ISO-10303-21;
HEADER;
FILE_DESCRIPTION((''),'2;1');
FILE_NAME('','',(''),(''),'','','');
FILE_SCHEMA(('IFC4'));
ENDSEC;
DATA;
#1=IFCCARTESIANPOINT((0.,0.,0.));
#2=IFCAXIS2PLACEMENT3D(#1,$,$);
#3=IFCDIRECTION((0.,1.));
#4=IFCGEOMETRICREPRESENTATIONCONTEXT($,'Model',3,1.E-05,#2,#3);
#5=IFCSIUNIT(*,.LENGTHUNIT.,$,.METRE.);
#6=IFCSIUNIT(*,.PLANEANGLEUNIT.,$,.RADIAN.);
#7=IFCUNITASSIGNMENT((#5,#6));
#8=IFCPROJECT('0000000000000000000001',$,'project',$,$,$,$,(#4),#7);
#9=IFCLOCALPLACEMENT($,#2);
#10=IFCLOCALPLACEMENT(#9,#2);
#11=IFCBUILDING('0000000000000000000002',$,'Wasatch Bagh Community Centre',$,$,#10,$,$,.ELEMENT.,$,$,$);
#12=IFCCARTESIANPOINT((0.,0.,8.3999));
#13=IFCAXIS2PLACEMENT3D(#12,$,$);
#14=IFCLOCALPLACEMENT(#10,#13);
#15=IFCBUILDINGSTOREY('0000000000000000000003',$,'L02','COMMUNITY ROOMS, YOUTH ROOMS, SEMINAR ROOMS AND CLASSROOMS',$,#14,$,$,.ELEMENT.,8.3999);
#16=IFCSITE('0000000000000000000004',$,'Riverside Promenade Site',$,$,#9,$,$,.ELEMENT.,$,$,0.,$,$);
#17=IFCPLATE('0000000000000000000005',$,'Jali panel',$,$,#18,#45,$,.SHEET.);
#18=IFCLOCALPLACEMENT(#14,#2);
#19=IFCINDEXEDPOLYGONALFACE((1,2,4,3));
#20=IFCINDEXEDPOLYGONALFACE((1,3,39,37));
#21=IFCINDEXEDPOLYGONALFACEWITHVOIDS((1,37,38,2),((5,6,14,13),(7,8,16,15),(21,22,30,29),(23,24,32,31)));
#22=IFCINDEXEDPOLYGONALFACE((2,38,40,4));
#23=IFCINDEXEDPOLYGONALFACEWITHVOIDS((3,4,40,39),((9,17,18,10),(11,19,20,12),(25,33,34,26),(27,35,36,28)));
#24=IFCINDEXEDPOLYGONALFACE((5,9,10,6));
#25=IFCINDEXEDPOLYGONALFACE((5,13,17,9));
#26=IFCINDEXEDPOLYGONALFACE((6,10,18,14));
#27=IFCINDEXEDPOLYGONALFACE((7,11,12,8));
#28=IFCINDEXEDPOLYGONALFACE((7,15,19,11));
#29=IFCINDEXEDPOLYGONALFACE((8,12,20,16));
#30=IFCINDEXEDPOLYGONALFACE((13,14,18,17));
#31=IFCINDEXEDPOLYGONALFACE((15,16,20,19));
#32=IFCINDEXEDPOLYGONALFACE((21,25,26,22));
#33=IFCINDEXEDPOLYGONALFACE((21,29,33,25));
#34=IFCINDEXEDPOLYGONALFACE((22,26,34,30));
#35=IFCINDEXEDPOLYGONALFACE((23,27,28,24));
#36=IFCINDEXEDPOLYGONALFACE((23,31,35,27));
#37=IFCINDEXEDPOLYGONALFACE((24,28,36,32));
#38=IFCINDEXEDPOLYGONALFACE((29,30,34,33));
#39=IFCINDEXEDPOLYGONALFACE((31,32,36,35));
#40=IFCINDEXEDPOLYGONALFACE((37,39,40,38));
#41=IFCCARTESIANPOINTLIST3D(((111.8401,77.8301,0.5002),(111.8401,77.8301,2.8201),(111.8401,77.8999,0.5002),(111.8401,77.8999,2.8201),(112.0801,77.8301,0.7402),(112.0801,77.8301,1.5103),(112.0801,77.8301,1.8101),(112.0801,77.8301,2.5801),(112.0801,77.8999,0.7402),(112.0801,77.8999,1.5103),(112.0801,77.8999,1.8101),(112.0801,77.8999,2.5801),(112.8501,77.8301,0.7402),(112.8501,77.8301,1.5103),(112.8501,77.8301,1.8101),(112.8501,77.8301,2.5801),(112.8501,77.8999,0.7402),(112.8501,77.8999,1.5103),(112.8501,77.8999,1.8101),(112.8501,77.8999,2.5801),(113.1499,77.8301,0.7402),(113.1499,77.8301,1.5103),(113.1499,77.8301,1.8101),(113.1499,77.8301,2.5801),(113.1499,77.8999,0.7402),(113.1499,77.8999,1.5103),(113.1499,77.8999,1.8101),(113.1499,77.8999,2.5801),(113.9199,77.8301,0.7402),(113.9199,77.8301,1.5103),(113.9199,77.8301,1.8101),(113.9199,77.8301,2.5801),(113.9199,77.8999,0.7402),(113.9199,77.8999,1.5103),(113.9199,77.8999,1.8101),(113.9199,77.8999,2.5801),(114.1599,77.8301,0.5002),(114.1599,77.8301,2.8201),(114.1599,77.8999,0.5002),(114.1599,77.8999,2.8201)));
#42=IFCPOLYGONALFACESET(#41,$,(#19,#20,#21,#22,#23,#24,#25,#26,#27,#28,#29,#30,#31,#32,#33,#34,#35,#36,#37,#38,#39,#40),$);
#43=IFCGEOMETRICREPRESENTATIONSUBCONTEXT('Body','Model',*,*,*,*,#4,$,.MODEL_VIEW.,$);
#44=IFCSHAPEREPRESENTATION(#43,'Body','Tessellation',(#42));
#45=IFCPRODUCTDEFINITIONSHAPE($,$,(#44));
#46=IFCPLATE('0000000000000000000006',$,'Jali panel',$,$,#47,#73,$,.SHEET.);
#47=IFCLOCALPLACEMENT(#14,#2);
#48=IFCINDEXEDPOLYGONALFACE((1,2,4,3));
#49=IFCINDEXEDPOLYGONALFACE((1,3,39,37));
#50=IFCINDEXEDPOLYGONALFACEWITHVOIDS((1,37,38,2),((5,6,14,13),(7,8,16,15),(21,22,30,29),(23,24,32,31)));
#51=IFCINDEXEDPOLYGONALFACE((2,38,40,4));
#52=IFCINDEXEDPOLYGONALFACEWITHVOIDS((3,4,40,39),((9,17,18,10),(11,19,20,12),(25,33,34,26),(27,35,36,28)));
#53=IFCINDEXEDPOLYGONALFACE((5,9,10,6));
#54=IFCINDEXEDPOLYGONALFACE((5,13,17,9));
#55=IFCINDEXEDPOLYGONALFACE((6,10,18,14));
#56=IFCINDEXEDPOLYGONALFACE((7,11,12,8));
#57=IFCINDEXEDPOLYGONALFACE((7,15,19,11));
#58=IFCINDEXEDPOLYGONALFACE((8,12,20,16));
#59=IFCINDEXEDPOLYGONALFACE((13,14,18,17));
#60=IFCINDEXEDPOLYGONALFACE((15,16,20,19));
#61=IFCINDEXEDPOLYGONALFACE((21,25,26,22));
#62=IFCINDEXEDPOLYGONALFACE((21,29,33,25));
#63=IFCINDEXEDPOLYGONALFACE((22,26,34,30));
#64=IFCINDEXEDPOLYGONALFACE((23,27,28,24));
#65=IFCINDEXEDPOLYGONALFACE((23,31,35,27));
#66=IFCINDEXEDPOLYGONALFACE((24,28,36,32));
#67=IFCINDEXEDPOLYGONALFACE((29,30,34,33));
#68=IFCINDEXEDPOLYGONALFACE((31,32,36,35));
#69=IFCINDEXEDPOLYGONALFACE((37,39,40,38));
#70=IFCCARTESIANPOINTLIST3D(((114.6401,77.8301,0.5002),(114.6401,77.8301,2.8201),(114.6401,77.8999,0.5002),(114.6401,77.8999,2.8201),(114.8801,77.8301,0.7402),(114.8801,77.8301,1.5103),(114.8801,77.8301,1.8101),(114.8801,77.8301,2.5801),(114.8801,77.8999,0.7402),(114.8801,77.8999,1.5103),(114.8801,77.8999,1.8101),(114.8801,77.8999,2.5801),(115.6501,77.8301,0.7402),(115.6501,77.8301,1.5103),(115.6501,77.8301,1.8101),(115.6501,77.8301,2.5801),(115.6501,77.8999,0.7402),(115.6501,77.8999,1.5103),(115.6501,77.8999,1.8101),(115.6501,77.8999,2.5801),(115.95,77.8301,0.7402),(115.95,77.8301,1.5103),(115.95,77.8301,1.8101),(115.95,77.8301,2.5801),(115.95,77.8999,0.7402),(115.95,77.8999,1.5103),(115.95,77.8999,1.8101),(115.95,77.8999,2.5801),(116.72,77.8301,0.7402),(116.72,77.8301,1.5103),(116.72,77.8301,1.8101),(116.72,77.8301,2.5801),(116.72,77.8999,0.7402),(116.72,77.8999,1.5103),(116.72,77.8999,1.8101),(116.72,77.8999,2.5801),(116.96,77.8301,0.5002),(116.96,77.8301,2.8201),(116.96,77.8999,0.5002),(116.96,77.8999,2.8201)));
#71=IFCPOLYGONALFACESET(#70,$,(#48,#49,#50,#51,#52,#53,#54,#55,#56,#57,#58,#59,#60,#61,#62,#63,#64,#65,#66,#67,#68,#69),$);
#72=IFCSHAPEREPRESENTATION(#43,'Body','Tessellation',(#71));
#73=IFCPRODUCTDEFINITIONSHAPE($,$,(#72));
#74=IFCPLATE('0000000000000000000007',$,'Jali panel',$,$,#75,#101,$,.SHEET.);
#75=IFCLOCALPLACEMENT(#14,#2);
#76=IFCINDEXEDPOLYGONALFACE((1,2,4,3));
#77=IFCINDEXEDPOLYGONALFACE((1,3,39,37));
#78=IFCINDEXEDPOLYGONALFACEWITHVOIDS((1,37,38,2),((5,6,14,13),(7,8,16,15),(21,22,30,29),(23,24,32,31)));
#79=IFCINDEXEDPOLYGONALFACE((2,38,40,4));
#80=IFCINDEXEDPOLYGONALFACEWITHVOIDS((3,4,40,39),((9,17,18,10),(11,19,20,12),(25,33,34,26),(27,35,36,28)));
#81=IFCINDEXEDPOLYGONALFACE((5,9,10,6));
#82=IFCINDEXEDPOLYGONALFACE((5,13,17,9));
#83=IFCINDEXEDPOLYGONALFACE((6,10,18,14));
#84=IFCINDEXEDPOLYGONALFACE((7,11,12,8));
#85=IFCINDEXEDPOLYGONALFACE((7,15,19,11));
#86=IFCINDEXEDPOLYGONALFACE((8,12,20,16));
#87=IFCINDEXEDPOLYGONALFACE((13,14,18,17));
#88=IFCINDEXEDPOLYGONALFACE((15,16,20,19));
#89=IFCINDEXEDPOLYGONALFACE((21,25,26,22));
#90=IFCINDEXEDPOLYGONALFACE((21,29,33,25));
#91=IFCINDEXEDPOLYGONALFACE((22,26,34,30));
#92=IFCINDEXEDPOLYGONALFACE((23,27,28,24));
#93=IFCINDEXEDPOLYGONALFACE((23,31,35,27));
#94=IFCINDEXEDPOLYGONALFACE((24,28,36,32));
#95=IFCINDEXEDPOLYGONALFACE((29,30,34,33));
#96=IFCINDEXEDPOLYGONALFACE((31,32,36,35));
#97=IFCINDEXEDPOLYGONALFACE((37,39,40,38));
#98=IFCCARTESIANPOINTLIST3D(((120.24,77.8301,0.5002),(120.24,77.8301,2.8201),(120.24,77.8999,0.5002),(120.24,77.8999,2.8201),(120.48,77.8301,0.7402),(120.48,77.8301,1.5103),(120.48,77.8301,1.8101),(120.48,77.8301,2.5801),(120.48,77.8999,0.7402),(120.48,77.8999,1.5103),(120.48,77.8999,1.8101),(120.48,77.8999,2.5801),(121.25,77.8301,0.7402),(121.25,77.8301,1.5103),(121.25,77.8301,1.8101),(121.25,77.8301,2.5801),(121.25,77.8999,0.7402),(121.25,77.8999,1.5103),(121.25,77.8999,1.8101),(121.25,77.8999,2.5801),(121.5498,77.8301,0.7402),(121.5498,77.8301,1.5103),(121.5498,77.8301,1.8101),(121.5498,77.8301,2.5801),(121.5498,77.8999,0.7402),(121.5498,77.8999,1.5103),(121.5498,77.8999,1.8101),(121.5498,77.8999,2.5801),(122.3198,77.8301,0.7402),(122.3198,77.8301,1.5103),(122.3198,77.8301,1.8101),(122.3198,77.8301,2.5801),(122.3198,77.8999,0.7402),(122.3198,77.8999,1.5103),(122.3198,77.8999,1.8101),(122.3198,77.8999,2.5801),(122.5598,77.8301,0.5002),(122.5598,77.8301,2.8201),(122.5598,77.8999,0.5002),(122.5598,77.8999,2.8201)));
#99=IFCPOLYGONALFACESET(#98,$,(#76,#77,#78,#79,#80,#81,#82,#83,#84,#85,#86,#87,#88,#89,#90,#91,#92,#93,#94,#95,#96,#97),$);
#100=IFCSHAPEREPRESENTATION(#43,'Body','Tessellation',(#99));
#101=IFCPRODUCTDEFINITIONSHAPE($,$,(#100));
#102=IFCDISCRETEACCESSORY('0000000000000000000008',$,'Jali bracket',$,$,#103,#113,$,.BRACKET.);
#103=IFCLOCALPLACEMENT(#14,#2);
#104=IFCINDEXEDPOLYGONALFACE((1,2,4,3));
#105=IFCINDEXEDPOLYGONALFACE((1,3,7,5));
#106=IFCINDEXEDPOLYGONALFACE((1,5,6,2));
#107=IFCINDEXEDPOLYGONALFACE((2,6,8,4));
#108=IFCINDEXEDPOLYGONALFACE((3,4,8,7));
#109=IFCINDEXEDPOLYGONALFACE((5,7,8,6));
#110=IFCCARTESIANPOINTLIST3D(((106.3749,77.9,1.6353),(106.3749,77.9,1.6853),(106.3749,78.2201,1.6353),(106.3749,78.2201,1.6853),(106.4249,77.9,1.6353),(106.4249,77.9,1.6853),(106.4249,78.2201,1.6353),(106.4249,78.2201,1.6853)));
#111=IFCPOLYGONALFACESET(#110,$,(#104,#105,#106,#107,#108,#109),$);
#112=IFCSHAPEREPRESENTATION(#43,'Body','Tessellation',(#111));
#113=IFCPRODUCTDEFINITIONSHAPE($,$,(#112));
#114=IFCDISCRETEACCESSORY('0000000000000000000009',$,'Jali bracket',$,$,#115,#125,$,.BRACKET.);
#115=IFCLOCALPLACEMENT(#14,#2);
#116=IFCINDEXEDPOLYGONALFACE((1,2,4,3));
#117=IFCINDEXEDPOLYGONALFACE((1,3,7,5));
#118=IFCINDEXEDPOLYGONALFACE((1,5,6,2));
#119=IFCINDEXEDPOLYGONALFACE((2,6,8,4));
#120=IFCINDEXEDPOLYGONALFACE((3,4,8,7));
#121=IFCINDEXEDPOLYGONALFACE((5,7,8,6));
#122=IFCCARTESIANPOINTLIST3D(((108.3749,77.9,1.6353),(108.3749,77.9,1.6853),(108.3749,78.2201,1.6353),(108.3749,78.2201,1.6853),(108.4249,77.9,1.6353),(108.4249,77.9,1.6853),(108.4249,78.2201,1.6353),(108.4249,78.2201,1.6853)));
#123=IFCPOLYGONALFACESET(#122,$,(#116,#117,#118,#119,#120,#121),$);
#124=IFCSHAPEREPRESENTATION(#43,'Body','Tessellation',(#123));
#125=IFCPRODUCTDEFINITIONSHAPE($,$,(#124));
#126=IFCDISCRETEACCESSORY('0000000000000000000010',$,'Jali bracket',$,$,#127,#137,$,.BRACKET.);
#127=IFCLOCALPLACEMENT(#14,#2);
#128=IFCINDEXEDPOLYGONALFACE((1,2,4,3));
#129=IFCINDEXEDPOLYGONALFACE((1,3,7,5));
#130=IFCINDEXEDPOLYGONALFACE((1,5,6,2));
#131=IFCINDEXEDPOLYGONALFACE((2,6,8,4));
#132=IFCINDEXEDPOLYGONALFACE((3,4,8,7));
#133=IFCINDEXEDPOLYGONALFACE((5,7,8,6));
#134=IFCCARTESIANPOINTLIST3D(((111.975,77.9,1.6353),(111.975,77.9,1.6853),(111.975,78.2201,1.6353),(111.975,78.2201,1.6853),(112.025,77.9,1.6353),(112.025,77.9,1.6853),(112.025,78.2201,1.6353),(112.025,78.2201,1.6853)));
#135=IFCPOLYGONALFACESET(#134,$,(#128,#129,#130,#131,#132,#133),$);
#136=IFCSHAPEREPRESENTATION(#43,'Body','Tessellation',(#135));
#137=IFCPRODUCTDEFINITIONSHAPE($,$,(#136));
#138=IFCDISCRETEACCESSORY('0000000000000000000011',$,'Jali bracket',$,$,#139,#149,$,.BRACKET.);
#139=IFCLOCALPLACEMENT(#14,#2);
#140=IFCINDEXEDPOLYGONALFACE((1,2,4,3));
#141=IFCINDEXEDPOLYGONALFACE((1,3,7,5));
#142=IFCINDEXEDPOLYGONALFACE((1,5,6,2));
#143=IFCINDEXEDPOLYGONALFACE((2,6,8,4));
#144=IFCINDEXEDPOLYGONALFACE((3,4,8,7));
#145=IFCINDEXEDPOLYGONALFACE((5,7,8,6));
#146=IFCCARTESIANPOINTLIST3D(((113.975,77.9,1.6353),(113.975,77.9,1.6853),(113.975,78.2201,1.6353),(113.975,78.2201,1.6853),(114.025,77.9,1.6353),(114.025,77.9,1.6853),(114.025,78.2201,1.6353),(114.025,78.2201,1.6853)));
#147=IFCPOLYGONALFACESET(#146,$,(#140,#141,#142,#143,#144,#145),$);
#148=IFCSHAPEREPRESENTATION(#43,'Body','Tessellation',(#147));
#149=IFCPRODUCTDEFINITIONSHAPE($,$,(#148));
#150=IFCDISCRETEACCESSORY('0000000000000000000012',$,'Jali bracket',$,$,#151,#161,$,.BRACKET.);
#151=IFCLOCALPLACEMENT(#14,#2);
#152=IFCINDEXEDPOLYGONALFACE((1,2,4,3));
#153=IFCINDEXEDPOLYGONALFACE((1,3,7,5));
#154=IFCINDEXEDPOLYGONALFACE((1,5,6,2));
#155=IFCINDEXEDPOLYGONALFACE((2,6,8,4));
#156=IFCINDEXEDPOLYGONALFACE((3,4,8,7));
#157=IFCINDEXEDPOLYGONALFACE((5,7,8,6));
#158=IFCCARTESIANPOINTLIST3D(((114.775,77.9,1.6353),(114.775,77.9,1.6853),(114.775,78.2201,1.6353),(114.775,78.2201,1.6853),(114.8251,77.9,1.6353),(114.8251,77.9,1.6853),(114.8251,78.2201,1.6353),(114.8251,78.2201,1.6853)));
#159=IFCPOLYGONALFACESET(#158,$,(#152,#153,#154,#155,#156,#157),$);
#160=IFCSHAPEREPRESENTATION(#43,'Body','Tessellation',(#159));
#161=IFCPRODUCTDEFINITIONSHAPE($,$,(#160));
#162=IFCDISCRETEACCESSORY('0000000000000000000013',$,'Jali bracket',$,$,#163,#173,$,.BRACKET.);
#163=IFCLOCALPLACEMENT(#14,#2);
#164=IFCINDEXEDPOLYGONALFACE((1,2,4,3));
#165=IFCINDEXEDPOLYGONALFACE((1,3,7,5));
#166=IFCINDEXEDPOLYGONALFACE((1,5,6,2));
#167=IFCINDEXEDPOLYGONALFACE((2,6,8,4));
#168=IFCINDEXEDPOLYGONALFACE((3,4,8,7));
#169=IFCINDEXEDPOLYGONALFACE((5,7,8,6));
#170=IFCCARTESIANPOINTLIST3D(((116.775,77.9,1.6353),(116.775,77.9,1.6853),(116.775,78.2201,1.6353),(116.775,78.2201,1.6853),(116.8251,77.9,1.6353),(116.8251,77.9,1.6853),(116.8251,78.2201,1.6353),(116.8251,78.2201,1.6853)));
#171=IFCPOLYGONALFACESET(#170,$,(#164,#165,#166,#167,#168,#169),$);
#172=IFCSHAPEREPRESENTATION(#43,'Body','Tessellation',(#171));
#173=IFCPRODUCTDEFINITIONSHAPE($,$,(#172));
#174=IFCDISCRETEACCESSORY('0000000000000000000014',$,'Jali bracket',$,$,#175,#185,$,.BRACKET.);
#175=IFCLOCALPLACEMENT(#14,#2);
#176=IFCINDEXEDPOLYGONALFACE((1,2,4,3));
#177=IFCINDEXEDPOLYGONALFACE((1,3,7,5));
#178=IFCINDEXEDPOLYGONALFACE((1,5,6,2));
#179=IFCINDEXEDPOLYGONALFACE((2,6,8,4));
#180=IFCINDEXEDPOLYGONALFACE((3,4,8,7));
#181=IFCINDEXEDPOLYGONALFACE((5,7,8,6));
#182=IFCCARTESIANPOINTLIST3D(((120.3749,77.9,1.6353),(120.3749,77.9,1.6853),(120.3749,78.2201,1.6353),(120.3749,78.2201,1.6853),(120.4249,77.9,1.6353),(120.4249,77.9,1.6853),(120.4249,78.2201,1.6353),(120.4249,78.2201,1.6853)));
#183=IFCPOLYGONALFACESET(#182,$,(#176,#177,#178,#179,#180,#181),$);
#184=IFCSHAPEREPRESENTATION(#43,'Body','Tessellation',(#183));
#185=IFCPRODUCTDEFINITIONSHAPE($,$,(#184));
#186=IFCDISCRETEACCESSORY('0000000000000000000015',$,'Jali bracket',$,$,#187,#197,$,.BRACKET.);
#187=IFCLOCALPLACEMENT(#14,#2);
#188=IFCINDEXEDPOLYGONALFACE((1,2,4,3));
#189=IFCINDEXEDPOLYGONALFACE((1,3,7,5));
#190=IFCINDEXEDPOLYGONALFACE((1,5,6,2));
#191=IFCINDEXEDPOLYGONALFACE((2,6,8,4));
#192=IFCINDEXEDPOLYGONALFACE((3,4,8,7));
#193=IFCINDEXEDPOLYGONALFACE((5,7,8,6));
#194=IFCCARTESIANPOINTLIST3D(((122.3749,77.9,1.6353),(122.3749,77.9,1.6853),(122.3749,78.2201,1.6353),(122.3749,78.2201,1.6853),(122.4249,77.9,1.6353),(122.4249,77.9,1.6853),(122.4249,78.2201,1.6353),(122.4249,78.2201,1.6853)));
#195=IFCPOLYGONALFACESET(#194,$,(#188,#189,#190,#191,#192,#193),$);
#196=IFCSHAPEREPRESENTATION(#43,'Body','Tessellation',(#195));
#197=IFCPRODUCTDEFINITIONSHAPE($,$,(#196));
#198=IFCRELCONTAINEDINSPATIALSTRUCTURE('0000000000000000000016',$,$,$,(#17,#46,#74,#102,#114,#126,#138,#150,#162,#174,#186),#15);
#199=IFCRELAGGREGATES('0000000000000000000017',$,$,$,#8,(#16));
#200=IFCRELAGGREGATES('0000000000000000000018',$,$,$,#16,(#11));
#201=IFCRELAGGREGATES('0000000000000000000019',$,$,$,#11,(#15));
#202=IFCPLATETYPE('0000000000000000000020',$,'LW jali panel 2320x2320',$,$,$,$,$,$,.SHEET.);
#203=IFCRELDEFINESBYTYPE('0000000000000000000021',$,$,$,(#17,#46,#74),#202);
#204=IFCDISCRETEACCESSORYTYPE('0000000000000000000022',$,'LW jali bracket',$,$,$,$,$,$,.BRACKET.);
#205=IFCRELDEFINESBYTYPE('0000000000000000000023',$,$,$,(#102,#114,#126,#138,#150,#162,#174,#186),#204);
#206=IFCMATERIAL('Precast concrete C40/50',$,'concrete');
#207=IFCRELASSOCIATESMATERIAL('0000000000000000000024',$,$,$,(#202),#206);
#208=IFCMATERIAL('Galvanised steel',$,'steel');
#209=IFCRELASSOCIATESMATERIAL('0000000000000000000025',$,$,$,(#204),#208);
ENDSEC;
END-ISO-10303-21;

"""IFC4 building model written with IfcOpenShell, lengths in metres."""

from ifc_helpers import new_model, si_unit, direction, frame, origin, origin_2d, place, context, subcontext, project, spatial, polyline, rectangle, outline, extrude, material, material_profile, profile_set, type_object, element, save


model = new_model("IFC4")

# Units and contexts
model_context = context("Model", 3, precision=1e-05, world=origin(), true_north=direction((0.0, 1.0)))
body_context = subcontext(model_context, "Body", "Model", "MODEL_VIEW")
ifc_project = project(units=[si_unit("LENGTHUNIT", "METRE"), si_unit("PLANEANGLEUNIT", "RADIAN")], contexts=[model_context])

# Site, building, storey
site_placement = place(None, origin())
site = spatial("IfcSite", under=ifc_project, at=site_placement, Name="Riverside Promenade Site", CompositionType="ELEMENT", RefElevation=0.0)
building_placement = place(site_placement, origin())
building = spatial("IfcBuilding", under=site, at=building_placement, Name="Wasatch Bagh Community Centre", CompositionType="ELEMENT")
storey_placement = place(building_placement, frame((0.0, 0.0, 8.3999)))
storey = spatial("IfcBuildingStorey", under=building, at=storey_placement, Name="L02", Description="COMMUNITY ROOMS, YOUTH ROOMS, SEMINAR ROOMS AND CLASSROOMS", CompositionType="ELEMENT", Elevation=8.3999)

# Plates
ifc_material_1 = material(Name="Precast concrete C40/50", Category="concrete")
ifc_material_profile_1 = material_profile(ifc_material_1, outline(polyline([(-1.1599, -1.1599), (1.1599, -1.1599), (1.1599, 1.1599), (-1.1599, 1.1599), (-1.1599, -1.1599)]), holes=[polyline([(-0.9199, -0.9199), (-0.1499, -0.9199), (-0.1499, -0.1499), (-0.9199, -0.1499), (-0.9199, -0.9199)]), polyline([(-0.9199, 0.1499), (-0.1499, 0.1499), (-0.1499, 0.9199), (-0.9199, 0.9199), (-0.9199, 0.1499)]), polyline([(0.1499, -0.9199), (0.9199, -0.9199), (0.9199, -0.1499), (0.1499, -0.1499), (0.1499, -0.9199)]), polyline([(0.1499, 0.1499), (0.9199, 0.1499), (0.9199, 0.9199), (0.1499, 0.9199), (0.1499, 0.1499)])]), Name="Jali lattice")
ifc_profile_set_1 = profile_set([ifc_material_profile_1], Name="Precast concrete C40/50")
plate_type = type_object("IfcPlateType", Name="LW jali panel 2320x2320", PredefinedType="SHEET", material=ifc_profile_set_1)
for number, where, z_axis, x_axis, name in (
    (1, (113.0, 77.8999, 1.6602), (0.0, -1.0, 0.0), (1.0, 0.0, 0.0), "Jali panel"),
    (2, (115.8, 77.8999, 1.6602), (0.0, -1.0, 0.0), (1.0, 0.0, 0.0), "Jali panel"),
    (3, (121.3999, 77.8999, 1.6602), (0.0, -1.0, 0.0), (1.0, 0.0, 0.0), "Jali panel"),
):
    element("IfcPlate", number, at=place(storey_placement, frame(where, z_axis=z_axis, x_axis=x_axis)), inside=storey, type_object=plate_type, Name=name, PredefinedType="SHEET", context=body_context, shape_type="SweptSolid", body=[
        extrude(outline(polyline([(-1.1599, -1.1599), (1.1599, -1.1599), (1.1599, 1.1599), (-1.1599, 1.1599), (-1.1599, -1.1599)]), holes=[polyline([(-0.9199, -0.9199), (-0.1499, -0.9199), (-0.1499, -0.1499), (-0.9199, -0.1499), (-0.9199, -0.9199)]), polyline([(-0.9199, 0.1499), (-0.1499, 0.1499), (-0.1499, 0.9199), (-0.9199, 0.9199), (-0.9199, 0.1499)]), polyline([(0.1499, -0.9199), (0.9199, -0.9199), (0.9199, -0.1499), (0.1499, -0.1499), (0.1499, -0.9199)]), polyline([(0.1499, 0.1499), (0.9199, 0.1499), (0.9199, 0.9199), (0.1499, 0.9199), (0.1499, 0.1499)])]), origin(), (0.0, 0.0, 1.0), 0.0698),
    ])

# Discrete accessories
ifc_material_2 = material(Name="Galvanised steel", Category="steel")
discrete_accessory_type = type_object("IfcDiscreteAccessoryType", Name="LW jali bracket", PredefinedType="BRACKET", material=ifc_material_2)
for number, where, z_axis, x_axis, name in (
    (4, (106.3999, 78.0601, 1.6353), (0.0, 0.0, 1.0), (1.0, 0.0, 0.0), "Jali bracket"),
    (5, (108.3999, 78.0601, 1.6353), (0.0, 0.0, 1.0), (1.0, 0.0, 0.0), "Jali bracket"),
    (6, (112.0, 78.0601, 1.6353), (0.0, 0.0, 1.0), (1.0, 0.0, 0.0), "Jali bracket"),
    (7, (114.0, 78.0601, 1.6353), (0.0, 0.0, 1.0), (1.0, 0.0, 0.0), "Jali bracket"),
    (8, (114.8, 78.0601, 1.6353), (0.0, 0.0, 1.0), (1.0, 0.0, 0.0), "Jali bracket"),
    (9, (116.8, 78.0601, 1.6353), (0.0, 0.0, 1.0), (1.0, 0.0, 0.0), "Jali bracket"),
    (10, (120.3999, 78.0601, 1.6353), (0.0, 0.0, 1.0), (1.0, 0.0, 0.0), "Jali bracket"),
    (11, (122.3999, 78.0601, 1.6353), (0.0, 0.0, 1.0), (1.0, 0.0, 0.0), "Jali bracket"),
):
    element("IfcDiscreteAccessory", number, at=place(storey_placement, frame(where, z_axis=z_axis, x_axis=x_axis)), inside=storey, type_object=discrete_accessory_type, Name=name, PredefinedType="BRACKET", context=body_context, shape_type="SweptSolid", body=[
        extrude(rectangle(XDim=0.05, YDim=0.3201, at=origin_2d()), origin(), (0.0, 0.0, 1.0), 0.05),
    ])

save(model, "model.ifc")
